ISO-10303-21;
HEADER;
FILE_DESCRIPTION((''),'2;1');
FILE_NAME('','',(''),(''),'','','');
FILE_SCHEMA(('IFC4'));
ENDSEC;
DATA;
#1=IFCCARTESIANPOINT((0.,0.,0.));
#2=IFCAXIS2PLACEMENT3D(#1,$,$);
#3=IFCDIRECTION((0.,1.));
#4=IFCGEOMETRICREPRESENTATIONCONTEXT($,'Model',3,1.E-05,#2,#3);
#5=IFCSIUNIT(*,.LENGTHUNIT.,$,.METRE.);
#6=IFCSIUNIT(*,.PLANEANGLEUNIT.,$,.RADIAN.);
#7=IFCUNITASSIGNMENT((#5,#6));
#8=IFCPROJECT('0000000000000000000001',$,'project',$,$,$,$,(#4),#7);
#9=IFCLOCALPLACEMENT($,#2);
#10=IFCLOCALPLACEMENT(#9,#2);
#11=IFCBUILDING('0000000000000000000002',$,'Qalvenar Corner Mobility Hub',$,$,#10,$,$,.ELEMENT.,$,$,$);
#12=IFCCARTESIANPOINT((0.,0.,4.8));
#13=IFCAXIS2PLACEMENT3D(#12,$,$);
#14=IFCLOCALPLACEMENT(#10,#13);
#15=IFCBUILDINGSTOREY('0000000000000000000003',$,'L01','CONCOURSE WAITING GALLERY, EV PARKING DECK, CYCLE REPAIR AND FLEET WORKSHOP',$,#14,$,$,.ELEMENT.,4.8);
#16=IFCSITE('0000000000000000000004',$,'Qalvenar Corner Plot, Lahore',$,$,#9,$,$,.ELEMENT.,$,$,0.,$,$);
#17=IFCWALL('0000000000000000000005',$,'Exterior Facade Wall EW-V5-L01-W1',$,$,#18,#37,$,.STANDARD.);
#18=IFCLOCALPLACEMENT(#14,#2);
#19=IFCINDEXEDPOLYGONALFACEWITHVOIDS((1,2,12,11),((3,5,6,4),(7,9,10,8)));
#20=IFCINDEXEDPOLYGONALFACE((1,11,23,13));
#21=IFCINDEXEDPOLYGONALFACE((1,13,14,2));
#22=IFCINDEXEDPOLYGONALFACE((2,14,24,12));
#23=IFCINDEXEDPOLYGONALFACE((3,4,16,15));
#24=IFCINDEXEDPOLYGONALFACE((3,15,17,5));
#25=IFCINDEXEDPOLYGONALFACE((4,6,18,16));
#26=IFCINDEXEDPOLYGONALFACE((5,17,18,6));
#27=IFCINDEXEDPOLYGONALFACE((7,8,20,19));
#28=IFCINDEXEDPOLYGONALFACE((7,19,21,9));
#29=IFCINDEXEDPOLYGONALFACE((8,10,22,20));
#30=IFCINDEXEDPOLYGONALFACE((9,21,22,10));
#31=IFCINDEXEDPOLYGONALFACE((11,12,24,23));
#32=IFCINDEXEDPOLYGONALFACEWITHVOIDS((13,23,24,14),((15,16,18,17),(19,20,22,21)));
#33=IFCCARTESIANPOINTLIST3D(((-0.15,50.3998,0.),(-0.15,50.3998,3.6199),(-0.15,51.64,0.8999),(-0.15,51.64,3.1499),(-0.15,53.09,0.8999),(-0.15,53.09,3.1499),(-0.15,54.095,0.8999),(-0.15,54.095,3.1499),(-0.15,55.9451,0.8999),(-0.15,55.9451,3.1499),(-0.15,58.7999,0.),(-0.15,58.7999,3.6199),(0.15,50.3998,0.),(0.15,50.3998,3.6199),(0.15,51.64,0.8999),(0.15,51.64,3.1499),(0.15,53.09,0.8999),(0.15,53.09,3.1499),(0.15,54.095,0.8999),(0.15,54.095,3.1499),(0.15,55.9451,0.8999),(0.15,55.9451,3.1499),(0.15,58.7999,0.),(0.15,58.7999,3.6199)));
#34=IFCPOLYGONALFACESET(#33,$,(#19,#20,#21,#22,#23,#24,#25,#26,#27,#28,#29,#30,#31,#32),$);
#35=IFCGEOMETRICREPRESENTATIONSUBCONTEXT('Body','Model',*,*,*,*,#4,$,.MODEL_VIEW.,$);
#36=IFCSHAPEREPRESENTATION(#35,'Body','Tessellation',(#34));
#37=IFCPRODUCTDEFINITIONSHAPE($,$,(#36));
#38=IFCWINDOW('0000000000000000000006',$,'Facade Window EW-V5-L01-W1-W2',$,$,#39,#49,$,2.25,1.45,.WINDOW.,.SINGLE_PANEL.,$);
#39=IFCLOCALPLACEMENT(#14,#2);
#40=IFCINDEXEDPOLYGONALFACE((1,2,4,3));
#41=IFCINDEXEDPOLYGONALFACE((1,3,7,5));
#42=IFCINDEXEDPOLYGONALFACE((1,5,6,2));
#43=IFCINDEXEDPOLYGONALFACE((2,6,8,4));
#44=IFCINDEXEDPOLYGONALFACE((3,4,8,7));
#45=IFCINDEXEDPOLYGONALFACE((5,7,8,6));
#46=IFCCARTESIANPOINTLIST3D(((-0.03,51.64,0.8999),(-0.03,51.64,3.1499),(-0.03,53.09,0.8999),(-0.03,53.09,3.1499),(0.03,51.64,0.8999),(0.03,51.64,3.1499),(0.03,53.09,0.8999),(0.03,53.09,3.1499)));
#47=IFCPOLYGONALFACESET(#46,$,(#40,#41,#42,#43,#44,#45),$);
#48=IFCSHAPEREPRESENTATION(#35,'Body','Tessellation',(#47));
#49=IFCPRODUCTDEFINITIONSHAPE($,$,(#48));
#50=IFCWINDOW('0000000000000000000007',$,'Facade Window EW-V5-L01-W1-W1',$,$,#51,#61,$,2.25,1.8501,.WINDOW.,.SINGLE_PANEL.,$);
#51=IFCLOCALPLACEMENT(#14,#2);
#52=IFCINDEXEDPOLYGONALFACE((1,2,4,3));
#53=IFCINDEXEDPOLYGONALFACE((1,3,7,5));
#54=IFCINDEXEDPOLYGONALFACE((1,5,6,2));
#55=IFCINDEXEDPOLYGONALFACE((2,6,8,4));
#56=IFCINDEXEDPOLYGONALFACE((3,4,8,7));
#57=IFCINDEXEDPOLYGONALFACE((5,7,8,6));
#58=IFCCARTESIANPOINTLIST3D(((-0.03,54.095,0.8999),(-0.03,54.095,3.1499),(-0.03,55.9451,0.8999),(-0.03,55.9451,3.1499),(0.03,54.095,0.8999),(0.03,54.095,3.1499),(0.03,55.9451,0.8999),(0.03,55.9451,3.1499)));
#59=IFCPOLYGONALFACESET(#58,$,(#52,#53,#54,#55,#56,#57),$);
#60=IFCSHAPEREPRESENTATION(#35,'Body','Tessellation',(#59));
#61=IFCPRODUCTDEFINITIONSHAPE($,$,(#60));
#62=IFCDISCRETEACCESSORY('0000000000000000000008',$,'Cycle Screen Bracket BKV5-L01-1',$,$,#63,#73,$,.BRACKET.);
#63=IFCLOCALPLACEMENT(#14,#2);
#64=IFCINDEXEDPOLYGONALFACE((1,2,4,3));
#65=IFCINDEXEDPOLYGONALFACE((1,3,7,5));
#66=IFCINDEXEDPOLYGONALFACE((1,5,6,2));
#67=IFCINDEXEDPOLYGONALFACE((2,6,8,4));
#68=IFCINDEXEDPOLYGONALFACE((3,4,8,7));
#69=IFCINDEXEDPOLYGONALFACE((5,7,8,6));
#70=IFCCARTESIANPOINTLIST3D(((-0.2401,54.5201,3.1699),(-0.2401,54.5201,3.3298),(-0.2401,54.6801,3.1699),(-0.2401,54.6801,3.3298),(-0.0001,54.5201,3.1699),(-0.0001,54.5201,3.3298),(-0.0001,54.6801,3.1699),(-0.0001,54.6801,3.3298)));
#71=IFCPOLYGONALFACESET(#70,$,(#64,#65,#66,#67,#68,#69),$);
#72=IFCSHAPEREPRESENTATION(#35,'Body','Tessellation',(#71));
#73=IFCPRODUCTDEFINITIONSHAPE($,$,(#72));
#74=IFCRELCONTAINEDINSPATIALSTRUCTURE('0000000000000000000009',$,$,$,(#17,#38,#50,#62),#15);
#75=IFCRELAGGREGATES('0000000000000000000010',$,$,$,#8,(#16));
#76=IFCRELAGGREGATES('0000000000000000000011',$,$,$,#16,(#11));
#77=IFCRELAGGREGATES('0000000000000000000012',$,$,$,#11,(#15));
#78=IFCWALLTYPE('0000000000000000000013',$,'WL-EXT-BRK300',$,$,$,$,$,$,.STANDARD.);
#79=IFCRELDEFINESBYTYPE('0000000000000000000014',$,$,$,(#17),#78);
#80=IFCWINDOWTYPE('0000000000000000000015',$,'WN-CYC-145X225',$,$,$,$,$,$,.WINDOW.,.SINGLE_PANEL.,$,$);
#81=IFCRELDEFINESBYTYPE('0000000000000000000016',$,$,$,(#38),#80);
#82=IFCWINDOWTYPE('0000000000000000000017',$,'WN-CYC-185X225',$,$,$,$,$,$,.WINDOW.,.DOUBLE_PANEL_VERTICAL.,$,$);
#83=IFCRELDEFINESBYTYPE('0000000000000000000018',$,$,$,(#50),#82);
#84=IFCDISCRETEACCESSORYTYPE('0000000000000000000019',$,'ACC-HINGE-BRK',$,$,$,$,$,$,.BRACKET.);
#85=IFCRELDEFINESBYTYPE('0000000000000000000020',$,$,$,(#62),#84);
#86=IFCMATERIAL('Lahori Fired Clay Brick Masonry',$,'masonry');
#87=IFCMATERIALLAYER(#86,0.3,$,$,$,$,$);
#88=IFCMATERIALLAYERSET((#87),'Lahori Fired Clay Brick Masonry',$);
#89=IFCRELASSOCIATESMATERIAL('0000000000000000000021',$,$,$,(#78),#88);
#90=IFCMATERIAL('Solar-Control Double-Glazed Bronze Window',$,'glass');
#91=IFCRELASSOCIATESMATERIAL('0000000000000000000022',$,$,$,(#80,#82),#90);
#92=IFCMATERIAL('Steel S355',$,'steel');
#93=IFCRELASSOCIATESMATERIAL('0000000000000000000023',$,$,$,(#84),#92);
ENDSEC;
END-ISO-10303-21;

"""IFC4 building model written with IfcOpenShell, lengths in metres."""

from ifc_helpers import new_model, si_unit, direction, frame, frame_2d, origin, origin_2d, place, context, subcontext, project, spatial, rectangle, extrude, material, layer, layer_set, type_object, element, fill, save


model = new_model("IFC4")

# Units and contexts
model_context = context("Model", 3, precision=1e-05, world=origin(), true_north=direction((0.0, 1.0)))
body_context = subcontext(model_context, "Body", "Model", "MODEL_VIEW")
ifc_project = project(units=[si_unit("LENGTHUNIT", "METRE"), si_unit("PLANEANGLEUNIT", "RADIAN")], contexts=[model_context])

# Site, building, storey
site_placement = place(None, origin())
site = spatial("IfcSite", under=ifc_project, at=site_placement, Name="Qalvenar Corner Plot, Lahore", CompositionType="ELEMENT", RefElevation=0.0)
building_placement = place(site_placement, origin())
building = spatial("IfcBuilding", under=site, at=building_placement, Name="Qalvenar Corner Mobility Hub", CompositionType="ELEMENT")
storey_placement = place(building_placement, frame((0.0, 0.0, 4.8)))
storey = spatial("IfcBuildingStorey", under=building, at=storey_placement, Name="L01", Description="CONCOURSE WAITING GALLERY, EV PARKING DECK, CYCLE REPAIR AND FLEET WORKSHOP", CompositionType="ELEMENT", Elevation=4.8)

# Shared definitions
ifc_material_1 = material(Name="Steel S355", Category="steel")

# Wall, openings, windows
ifc_material_2 = material(Name="Lahori Fired Clay Brick Masonry", Category="masonry")
ifc_layer_1 = layer(ifc_material_2, 0.3)
ifc_layer_set_1 = layer_set([ifc_layer_1], Name="Lahori Fired Clay Brick Masonry")
wall_type = type_object("IfcWallType", Name="WL-EXT-BRK300", PredefinedType="STANDARD", material=ifc_layer_set_1)
wall_placement = place(storey_placement, frame((0.0, 58.8, 0.0), z_axis=(0.0, 0.0, 1.0), x_axis=(0.0, -1.0, 0.0)))
wall = element("IfcWall", 1, at=wall_placement, inside=storey, type_object=wall_type, Name="Exterior Facade Wall EW-V5-L01-W1", PredefinedType="STANDARD", context=body_context, shape_type="SweptSolid", body=[
    extrude(rectangle(XDim=8.4001, YDim=0.3, at=frame_2d((4.2002, 0.0))), origin(), (0.0, 0.0, 1.0), 3.6199),
])
opening_1_placement = place(wall_placement, frame((2.855, 0.0, 0.8999)))
opening_1 = element("IfcOpeningElement", 2, at=opening_1_placement, cuts=wall, PredefinedType="OPENING", context=body_context, shape_type="SweptSolid", body=[
    extrude(rectangle(XDim=1.8501, YDim=2.25, at=frame_2d((0.925, 1.125))), frame((0.0, 0.1602, 0.0), z_axis=(0.0, -1.0, 0.0), x_axis=(1.0, 0.0, 0.0)), (0.0, 0.0, 1.0), 0.3201),
])
opening_2_placement = place(wall_placement, frame((5.71, 0.0, 0.8999)))
opening_2 = element("IfcOpeningElement", 3, at=opening_2_placement, cuts=wall, PredefinedType="OPENING", context=body_context, shape_type="SweptSolid", body=[
    extrude(rectangle(XDim=1.45, YDim=2.25, at=frame_2d((0.7251, 1.125))), frame((0.0, 0.1602, 0.0), z_axis=(0.0, -1.0, 0.0), x_axis=(1.0, 0.0, 0.0)), (0.0, 0.0, 1.0), 0.3201),
])
ifc_material_3 = material(Name="Solar-Control Double-Glazed Bronze Window", Category="glass")
window_type_1 = type_object("IfcWindowType", Name="WN-CYC-145X225", PartitioningType="SINGLE_PANEL", PredefinedType="WINDOW", material=ifc_material_3)
window_1_placement = place(opening_2_placement, origin())
window_1 = element("IfcWindow", 4, at=window_1_placement, inside=storey, type_object=window_type_1, Name="Facade Window EW-V5-L01-W1-W2", OverallHeight=2.25, OverallWidth=1.45, PartitioningType="SINGLE_PANEL", PredefinedType="WINDOW", context=body_context, shape_type="SweptSolid", body=[
    extrude(rectangle(XDim=1.45, YDim=2.25, at=frame_2d((0.7251, 1.125))), frame((0.0, 0.03, 0.0), z_axis=(0.0, -1.0, 0.0), x_axis=(1.0, 0.0, 0.0)), (0.0, 0.0, 1.0), 0.0601),
])
fill(opening_2, window_1)
window_type_2 = type_object("IfcWindowType", Name="WN-CYC-185X225", PartitioningType="DOUBLE_PANEL_VERTICAL", PredefinedType="WINDOW", material=ifc_material_3)
window_2_placement = place(opening_1_placement, origin())
window_2 = element("IfcWindow", 5, at=window_2_placement, inside=storey, type_object=window_type_2, Name="Facade Window EW-V5-L01-W1-W1", OverallHeight=2.25, OverallWidth=1.8501, PartitioningType="SINGLE_PANEL", PredefinedType="WINDOW", context=body_context, shape_type="SweptSolid", body=[
    extrude(rectangle(XDim=1.8501, YDim=2.25, at=frame_2d((0.925, 1.125))), frame((0.0, 0.03, 0.0), z_axis=(0.0, -1.0, 0.0), x_axis=(1.0, 0.0, 0.0)), (0.0, 0.0, 1.0), 0.0601),
])
fill(opening_1, window_2)

# Discrete accessory
discrete_accessory_type = type_object("IfcDiscreteAccessoryType", Name="ACC-HINGE-BRK", PredefinedType="BRACKET", material=ifc_material_1)
discrete_accessory_placement = place(storey_placement, frame((-0.1201, 54.6001, 3.1699), z_axis=(0.0, 0.0, 1.0), x_axis=(0.0, 1.0, 0.0)))
element("IfcDiscreteAccessory", 6, at=discrete_accessory_placement, inside=storey, type_object=discrete_accessory_type, Name="Cycle Screen Bracket BKV5-L01-1", PredefinedType="BRACKET", context=body_context, shape_type="SweptSolid", body=[
    extrude(rectangle(XDim=0.1599, YDim=0.24, at=origin_2d()), origin(), (0.0, 0.0, 1.0), 0.1599),
])

save(model, "model.ifc")
